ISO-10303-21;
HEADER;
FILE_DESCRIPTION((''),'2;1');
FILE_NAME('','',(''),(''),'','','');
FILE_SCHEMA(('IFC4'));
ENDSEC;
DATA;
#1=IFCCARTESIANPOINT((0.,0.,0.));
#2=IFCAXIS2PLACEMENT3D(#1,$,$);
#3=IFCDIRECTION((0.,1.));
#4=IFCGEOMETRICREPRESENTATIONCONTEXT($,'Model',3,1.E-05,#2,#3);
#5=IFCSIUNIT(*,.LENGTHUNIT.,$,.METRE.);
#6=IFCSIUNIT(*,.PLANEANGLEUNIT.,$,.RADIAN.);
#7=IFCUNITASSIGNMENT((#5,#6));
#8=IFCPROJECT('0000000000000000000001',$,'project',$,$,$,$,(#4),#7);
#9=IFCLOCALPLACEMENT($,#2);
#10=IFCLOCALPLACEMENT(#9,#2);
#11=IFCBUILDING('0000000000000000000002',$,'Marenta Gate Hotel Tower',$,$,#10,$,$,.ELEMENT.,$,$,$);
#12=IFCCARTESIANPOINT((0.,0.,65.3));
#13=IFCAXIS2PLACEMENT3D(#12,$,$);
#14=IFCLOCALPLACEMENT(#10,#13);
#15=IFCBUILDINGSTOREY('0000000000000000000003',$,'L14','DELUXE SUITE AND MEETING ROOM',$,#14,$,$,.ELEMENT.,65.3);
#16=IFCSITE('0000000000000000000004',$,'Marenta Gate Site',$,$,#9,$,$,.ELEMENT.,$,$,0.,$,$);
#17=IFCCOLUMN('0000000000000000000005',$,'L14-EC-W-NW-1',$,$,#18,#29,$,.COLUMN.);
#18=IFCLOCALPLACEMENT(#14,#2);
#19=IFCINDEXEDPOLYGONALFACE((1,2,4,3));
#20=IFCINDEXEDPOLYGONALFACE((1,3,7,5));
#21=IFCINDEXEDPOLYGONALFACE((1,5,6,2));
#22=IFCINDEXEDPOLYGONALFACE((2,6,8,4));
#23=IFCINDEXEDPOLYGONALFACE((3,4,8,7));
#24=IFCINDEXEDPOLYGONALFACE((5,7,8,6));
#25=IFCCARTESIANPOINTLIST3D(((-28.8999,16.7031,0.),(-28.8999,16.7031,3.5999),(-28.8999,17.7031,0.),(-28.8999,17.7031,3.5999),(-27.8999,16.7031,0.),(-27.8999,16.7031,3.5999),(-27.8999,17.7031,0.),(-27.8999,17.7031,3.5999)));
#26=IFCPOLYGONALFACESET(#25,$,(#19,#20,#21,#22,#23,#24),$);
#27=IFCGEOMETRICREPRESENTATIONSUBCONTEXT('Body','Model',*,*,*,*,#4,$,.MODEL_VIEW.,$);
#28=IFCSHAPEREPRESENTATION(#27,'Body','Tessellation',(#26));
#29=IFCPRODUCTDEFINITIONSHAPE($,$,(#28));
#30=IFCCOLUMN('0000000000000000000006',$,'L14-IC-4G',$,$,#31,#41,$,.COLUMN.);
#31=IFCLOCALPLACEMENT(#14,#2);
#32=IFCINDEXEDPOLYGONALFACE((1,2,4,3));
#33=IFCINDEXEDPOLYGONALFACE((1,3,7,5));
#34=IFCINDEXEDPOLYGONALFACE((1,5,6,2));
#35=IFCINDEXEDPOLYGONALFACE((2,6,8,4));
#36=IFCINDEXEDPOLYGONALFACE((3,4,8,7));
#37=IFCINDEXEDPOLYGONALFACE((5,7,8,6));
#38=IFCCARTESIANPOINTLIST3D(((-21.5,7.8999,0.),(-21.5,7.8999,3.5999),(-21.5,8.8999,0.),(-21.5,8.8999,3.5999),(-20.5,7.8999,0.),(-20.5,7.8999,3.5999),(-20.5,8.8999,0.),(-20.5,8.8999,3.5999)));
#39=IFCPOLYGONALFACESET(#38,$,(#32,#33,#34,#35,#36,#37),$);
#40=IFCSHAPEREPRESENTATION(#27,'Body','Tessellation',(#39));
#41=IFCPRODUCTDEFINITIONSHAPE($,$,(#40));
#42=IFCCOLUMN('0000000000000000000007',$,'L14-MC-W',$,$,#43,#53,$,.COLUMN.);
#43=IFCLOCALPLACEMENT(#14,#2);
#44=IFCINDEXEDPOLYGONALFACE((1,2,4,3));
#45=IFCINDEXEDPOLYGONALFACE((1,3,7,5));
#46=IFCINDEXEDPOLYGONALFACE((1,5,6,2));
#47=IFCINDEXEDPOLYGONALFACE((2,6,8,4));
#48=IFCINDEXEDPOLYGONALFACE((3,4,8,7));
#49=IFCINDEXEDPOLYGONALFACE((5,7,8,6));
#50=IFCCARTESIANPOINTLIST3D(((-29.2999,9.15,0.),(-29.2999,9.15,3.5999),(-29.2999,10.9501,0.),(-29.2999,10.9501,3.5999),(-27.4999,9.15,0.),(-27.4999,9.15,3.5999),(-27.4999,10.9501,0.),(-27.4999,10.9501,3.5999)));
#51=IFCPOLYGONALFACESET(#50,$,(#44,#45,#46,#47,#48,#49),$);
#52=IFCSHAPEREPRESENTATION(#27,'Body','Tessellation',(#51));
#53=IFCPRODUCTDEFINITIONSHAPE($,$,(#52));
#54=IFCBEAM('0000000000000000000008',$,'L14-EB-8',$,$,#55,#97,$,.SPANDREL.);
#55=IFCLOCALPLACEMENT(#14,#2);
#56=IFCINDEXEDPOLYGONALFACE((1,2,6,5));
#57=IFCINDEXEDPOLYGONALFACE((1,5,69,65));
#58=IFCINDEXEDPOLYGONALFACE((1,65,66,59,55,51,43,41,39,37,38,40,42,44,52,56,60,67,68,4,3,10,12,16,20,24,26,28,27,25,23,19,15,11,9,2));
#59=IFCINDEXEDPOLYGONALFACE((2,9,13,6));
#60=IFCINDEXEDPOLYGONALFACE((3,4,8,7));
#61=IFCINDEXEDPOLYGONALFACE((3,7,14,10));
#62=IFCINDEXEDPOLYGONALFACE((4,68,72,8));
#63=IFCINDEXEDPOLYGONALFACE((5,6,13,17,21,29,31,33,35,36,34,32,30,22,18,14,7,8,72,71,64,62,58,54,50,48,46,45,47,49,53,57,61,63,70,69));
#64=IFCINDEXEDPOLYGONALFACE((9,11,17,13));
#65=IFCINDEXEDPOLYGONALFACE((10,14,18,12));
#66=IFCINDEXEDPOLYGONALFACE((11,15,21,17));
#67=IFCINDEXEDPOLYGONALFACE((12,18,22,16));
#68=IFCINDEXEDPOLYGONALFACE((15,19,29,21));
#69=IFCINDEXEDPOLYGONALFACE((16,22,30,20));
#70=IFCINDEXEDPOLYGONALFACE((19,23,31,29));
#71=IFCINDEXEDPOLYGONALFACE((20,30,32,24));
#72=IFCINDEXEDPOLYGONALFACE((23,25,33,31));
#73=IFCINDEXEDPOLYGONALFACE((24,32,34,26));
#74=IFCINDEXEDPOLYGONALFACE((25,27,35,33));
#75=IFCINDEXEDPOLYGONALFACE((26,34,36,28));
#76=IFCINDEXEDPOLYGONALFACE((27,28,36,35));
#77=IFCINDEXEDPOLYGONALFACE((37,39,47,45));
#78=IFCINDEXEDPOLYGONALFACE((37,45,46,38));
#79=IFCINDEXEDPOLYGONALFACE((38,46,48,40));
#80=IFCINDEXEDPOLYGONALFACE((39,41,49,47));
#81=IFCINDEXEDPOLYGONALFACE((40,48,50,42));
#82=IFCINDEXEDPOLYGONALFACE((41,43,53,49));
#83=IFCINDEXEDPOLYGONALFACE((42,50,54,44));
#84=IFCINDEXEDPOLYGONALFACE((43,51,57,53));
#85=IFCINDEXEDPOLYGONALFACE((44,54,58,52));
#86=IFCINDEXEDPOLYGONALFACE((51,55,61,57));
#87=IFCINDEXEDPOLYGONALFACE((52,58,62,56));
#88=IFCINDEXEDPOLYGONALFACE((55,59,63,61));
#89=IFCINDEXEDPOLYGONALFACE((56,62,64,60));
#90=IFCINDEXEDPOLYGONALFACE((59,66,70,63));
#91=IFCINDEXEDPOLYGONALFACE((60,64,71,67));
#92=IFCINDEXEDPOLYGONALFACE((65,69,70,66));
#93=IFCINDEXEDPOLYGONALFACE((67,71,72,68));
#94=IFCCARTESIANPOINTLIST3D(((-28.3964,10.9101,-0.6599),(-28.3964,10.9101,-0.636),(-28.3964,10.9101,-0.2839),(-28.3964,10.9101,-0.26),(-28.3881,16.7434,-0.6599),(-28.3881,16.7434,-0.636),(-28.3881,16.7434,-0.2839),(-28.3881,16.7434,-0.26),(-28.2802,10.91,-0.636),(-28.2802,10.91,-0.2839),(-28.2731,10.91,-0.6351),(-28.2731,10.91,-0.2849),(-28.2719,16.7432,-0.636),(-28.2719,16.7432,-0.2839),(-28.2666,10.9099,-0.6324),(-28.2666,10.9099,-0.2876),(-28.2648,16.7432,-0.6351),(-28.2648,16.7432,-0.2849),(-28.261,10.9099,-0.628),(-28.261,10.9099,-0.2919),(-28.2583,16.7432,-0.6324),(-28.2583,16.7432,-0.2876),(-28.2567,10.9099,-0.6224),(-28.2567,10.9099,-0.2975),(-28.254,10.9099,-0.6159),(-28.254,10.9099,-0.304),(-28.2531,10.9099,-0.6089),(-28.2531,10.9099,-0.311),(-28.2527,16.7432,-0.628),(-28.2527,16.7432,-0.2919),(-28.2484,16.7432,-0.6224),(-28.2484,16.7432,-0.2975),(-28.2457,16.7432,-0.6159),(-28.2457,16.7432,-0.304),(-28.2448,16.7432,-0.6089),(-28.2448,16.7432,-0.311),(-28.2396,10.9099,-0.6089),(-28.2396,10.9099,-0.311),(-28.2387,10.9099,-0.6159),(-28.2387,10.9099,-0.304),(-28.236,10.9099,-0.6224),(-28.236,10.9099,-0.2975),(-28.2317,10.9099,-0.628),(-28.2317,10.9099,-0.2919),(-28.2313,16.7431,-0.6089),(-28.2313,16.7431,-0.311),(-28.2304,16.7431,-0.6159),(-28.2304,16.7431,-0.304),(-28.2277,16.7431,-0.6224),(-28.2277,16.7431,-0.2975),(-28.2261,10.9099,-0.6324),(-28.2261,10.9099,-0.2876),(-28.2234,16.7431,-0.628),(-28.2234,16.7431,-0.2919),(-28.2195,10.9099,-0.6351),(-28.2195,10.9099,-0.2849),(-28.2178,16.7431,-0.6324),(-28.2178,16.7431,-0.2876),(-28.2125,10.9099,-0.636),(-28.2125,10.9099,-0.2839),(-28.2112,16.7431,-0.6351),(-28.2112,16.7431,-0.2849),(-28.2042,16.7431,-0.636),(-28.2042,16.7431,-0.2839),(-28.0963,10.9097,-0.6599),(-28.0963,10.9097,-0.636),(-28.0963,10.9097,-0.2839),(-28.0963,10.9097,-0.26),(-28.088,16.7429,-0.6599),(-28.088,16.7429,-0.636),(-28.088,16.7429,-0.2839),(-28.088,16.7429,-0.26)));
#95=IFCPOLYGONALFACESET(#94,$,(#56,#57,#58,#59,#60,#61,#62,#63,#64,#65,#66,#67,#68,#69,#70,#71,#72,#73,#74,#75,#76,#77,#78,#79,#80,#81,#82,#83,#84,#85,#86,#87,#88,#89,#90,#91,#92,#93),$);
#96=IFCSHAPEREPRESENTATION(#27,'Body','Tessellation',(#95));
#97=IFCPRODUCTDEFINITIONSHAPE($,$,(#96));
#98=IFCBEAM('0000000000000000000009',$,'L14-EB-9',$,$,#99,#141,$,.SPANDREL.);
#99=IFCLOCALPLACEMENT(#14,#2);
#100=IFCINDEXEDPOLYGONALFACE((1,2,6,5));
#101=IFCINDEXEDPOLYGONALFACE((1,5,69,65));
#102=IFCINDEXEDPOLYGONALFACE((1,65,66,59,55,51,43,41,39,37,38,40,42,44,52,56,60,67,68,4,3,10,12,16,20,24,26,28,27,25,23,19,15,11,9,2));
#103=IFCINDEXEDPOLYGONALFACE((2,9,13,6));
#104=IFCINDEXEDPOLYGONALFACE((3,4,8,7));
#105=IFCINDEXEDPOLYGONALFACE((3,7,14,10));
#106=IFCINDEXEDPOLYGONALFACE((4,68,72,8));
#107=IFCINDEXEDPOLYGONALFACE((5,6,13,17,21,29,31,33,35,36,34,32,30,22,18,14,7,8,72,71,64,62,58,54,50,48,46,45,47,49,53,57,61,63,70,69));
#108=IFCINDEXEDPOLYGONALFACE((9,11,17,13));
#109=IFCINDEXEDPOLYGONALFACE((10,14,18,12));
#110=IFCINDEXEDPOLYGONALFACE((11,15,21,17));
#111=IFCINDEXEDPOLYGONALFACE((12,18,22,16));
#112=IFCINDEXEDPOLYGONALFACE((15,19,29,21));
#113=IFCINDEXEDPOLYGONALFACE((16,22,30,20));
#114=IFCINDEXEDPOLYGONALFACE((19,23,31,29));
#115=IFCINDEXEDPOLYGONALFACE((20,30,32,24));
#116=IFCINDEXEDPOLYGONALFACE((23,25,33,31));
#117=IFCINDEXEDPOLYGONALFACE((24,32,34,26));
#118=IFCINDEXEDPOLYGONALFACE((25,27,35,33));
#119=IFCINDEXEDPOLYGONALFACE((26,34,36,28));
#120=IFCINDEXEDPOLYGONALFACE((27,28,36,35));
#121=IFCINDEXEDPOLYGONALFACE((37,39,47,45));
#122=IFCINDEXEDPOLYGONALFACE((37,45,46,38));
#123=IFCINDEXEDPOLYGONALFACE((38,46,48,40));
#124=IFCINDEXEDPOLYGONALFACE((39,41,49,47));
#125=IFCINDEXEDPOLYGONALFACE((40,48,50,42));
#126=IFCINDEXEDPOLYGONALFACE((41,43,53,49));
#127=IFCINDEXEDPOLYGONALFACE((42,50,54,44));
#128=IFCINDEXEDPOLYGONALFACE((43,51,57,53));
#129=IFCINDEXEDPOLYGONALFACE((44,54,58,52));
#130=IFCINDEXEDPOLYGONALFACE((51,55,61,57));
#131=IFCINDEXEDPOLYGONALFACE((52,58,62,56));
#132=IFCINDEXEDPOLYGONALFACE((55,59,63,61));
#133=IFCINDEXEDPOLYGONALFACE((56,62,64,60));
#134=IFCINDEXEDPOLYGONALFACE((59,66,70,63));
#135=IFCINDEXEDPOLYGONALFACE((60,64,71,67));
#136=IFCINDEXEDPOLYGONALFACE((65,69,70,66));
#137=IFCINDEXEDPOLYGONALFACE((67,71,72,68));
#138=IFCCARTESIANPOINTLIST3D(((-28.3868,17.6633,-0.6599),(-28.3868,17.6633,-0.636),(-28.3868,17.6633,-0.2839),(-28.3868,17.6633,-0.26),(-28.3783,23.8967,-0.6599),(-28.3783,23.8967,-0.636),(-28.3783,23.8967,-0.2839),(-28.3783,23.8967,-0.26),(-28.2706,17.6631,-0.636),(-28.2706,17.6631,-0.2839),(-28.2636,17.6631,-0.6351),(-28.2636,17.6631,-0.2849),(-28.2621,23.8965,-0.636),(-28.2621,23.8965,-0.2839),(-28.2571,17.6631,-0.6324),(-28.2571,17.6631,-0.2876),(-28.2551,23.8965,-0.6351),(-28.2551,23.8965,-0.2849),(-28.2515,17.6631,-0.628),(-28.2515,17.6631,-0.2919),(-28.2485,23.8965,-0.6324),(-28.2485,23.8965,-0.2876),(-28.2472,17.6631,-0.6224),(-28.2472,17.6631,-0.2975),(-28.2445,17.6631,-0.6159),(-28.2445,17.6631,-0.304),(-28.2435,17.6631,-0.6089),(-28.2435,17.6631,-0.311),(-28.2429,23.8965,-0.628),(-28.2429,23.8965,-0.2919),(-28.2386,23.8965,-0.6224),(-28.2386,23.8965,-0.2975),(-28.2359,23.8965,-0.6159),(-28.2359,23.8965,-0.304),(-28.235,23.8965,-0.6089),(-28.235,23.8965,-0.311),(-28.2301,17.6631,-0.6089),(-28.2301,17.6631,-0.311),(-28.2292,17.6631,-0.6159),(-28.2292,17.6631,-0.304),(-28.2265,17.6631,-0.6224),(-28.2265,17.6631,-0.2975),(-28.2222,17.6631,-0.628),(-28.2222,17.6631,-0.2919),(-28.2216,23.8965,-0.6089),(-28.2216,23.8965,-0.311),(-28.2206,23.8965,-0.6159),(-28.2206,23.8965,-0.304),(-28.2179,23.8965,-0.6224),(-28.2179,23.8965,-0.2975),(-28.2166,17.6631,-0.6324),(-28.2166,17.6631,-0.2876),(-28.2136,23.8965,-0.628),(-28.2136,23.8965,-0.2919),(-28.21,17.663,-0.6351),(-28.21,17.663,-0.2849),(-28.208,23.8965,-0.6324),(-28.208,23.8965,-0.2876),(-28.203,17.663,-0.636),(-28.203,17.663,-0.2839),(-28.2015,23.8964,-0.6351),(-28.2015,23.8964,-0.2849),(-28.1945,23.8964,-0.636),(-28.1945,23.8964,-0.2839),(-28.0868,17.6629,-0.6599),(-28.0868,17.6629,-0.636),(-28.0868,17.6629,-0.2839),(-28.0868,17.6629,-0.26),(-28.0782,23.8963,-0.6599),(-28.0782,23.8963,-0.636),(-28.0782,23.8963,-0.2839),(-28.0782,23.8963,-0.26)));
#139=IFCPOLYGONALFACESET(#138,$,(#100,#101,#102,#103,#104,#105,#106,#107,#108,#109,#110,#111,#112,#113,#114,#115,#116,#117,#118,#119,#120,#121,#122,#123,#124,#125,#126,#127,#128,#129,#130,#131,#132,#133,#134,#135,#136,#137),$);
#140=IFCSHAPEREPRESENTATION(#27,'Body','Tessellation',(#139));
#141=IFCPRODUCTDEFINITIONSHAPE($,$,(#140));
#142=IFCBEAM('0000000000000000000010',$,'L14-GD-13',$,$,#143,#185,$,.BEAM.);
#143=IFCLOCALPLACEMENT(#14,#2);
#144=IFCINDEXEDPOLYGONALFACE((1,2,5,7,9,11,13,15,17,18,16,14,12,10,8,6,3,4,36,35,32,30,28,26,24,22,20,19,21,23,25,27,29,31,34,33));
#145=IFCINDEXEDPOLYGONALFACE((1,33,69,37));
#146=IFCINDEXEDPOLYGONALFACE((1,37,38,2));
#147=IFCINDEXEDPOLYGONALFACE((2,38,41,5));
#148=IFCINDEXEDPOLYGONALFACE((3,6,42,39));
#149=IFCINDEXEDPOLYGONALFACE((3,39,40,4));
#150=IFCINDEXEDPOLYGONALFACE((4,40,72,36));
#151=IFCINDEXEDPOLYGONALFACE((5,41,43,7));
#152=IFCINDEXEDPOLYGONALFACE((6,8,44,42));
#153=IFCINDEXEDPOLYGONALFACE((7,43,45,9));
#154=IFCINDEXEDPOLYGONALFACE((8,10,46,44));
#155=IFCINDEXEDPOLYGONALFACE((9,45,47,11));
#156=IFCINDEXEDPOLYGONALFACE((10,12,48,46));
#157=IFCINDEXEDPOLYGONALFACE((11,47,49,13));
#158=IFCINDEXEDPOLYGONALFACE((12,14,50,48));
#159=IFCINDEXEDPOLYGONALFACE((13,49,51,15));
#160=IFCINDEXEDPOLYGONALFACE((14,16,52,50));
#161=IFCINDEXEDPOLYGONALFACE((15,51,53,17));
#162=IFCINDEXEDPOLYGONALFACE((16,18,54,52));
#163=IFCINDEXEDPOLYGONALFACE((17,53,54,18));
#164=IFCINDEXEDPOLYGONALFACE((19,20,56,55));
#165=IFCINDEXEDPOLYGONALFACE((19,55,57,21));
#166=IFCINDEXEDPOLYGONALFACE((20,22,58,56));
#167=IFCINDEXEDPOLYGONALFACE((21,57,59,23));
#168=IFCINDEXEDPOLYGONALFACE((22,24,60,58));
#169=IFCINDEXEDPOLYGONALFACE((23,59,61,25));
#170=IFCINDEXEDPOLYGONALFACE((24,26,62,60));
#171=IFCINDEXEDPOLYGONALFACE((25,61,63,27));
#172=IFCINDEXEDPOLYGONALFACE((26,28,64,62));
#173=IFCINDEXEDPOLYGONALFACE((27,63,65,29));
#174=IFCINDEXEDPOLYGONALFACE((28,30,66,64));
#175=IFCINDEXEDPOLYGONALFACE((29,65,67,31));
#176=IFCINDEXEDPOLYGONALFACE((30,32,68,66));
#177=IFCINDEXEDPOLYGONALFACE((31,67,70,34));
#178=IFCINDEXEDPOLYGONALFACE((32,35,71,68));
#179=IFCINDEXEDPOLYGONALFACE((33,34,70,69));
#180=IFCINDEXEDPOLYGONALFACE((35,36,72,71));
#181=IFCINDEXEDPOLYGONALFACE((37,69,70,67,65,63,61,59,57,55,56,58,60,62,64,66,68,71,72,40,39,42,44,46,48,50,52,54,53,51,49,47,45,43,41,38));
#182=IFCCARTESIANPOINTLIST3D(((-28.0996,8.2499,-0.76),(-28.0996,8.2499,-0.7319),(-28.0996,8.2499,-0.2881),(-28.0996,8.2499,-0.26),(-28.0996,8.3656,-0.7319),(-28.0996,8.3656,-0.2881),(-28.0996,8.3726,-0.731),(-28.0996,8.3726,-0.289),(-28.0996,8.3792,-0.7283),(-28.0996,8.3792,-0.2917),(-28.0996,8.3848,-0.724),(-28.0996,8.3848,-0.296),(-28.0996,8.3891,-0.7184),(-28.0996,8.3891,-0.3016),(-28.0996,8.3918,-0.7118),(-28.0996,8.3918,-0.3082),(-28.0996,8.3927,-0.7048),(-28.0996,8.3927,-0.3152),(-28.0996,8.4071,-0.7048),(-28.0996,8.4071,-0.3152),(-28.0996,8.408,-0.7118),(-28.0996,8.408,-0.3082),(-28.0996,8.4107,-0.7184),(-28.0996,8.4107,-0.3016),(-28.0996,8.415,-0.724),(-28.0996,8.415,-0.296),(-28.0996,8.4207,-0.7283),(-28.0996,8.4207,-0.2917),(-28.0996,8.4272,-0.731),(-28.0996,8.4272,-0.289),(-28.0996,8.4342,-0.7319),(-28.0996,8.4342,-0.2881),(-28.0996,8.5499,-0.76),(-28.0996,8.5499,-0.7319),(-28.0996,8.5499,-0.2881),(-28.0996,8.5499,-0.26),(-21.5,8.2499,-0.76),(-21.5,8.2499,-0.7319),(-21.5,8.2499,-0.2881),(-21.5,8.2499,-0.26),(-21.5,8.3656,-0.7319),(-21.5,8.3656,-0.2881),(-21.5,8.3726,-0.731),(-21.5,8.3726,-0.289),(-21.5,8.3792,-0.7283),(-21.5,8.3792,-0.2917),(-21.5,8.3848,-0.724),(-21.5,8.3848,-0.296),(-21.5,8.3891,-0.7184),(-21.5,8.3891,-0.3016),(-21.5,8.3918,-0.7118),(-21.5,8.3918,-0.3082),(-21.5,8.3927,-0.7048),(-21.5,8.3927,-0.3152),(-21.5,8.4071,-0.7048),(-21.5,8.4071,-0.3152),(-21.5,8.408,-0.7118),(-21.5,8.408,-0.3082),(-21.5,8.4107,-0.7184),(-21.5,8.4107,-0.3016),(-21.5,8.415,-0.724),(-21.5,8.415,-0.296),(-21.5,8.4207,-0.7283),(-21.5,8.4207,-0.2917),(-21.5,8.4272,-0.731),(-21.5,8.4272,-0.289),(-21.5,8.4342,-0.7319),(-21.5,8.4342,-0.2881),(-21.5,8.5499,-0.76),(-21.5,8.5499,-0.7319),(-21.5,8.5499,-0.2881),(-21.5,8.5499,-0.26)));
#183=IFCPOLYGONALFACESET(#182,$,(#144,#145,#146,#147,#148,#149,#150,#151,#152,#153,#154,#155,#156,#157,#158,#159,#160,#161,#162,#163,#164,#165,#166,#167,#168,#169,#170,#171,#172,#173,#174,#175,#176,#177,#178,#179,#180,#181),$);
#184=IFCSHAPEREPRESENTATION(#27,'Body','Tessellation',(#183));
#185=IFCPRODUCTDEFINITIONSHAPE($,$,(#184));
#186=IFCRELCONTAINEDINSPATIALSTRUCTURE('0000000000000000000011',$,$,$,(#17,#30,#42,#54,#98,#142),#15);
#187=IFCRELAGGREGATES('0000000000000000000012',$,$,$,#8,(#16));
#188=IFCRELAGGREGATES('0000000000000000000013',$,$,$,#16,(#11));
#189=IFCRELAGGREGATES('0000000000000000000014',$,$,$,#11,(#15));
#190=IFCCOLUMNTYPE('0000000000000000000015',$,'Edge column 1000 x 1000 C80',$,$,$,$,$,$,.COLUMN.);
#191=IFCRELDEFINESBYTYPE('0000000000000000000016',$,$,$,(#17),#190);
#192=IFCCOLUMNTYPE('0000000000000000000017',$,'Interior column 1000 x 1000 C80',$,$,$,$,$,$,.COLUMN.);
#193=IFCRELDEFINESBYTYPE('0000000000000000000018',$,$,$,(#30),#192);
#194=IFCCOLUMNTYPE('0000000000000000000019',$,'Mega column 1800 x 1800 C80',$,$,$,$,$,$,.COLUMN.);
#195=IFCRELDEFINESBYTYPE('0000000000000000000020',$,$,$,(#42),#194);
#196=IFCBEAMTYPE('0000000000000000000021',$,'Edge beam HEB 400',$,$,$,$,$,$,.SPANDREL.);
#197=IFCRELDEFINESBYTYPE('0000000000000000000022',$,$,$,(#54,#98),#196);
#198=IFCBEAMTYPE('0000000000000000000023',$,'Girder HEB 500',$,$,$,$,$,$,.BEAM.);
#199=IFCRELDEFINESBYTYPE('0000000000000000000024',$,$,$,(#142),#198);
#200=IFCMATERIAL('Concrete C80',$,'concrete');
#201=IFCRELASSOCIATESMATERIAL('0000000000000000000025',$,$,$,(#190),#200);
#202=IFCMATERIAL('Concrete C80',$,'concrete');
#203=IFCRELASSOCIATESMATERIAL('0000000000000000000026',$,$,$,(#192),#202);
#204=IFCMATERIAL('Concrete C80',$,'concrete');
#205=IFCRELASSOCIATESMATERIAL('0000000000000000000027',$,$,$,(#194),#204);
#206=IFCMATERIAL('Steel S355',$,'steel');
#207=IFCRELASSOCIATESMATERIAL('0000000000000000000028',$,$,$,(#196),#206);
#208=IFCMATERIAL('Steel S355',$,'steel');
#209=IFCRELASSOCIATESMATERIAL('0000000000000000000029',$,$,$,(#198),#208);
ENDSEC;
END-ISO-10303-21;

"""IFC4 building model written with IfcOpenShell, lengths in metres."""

from ifc_helpers import new_model, si_unit, direction, frame, origin, origin_2d, place, context, subcontext, project, spatial, rectangle, i_section, extrude, material, material_profile, profile_set, type_object, element, save


model = new_model("IFC4")

# Units and contexts
model_context = context("Model", 3, precision=1e-05, world=origin(), true_north=direction((0.0, 1.0)))
body_context = subcontext(model_context, "Body", "Model", "MODEL_VIEW")
ifc_project = project(units=[si_unit("LENGTHUNIT", "METRE"), si_unit("PLANEANGLEUNIT", "RADIAN")], contexts=[model_context])

# Site, building, storey
site_placement = place(None, origin())
site = spatial("IfcSite", under=ifc_project, at=site_placement, Name="Marenta Gate Site", CompositionType="ELEMENT", RefElevation=0.0)
building_placement = place(site_placement, origin())
building = spatial("IfcBuilding", under=site, at=building_placement, Name="Marenta Gate Hotel Tower", CompositionType="ELEMENT")
storey_placement = place(building_placement, frame((0.0, 0.0, 65.3)))
storey = spatial("IfcBuildingStorey", under=building, at=storey_placement, Name="L14", Description="DELUXE SUITE AND MEETING ROOM", CompositionType="ELEMENT", Elevation=65.3)

# Columns
ifc_material_1 = material(Name="Concrete C80", Category="concrete")
ifc_material_profile_1 = material_profile(ifc_material_1, rectangle(XDim=1.0, YDim=1.0, at=origin_2d()), Name="1000 x 1000")
ifc_profile_set_1 = profile_set([ifc_material_profile_1], Name="Concrete C80")
column_type_1 = type_object("IfcColumnType", Name="Edge column 1000 x 1000 C80", PredefinedType="COLUMN", material=ifc_profile_set_1)
column_1_placement = place(storey_placement, frame((-28.3999, 17.2031, 0.0), z_axis=(0.0, 0.0, 1.0), x_axis=(1.0, 0.0, 0.0)))
element("IfcColumn", 1, at=column_1_placement, inside=storey, type_object=column_type_1, Name="L14-EC-W-NW-1", PredefinedType="COLUMN", context=body_context, shape_type="SweptSolid", body=[
    extrude(rectangle(XDim=1.0, YDim=1.0, at=origin_2d()), origin(), (0.0, 0.0, 1.0), 3.5999),
])
ifc_material_2 = material(Name="Concrete C80", Category="concrete")
ifc_material_profile_2 = material_profile(ifc_material_2, rectangle(XDim=1.0, YDim=1.0, at=origin_2d()), Name="1000 x 1000")
ifc_profile_set_2 = profile_set([ifc_material_profile_2], Name="Concrete C80")
column_type_2 = type_object("IfcColumnType", Name="Interior column 1000 x 1000 C80", PredefinedType="COLUMN", material=ifc_profile_set_2)
column_2_placement = place(storey_placement, frame((-21.0, 8.3999, 0.0), z_axis=(0.0, 0.0, 1.0), x_axis=(1.0, 0.0, 0.0)))
element("IfcColumn", 2, at=column_2_placement, inside=storey, type_object=column_type_2, Name="L14-IC-4G", PredefinedType="COLUMN", context=body_context, shape_type="SweptSolid", body=[
    extrude(rectangle(XDim=1.0, YDim=1.0, at=origin_2d()), origin(), (0.0, 0.0, 1.0), 3.5999),
])
ifc_material_3 = material(Name="Concrete C80", Category="concrete")
ifc_material_profile_3 = material_profile(ifc_material_3, rectangle(XDim=1.8, YDim=1.8, at=origin_2d()), Name="1800 x 1800")
ifc_profile_set_3 = profile_set([ifc_material_profile_3], Name="Concrete C80")
column_type_3 = type_object("IfcColumnType", Name="Mega column 1800 x 1800 C80", PredefinedType="COLUMN", material=ifc_profile_set_3)
column_3_placement = place(storey_placement, frame((-28.3999, 10.05, 0.0), z_axis=(0.0, 0.0, 1.0), x_axis=(1.0, 0.0, 0.0)))
element("IfcColumn", 3, at=column_3_placement, inside=storey, type_object=column_type_3, Name="L14-MC-W", PredefinedType="COLUMN", context=body_context, shape_type="SweptSolid", body=[
    extrude(rectangle(XDim=1.8, YDim=1.8, at=origin_2d()), origin(), (0.0, 0.0, 1.0), 3.5999),
])

# Beams
ifc_material_4 = material(Name="Steel S355", Category="steel")
ifc_material_profile_4 = material_profile(ifc_material_4, i_section(OverallWidth=0.3, OverallDepth=0.3999, WebThickness=0.0134, FlangeThickness=0.0239, FilletRadius=0.0271, at=origin_2d()), Name="HEB 400")
ifc_profile_set_4 = profile_set([ifc_material_profile_4], Name="Steel S355")
beam_type_1 = type_object("IfcBeamType", Name="Edge beam HEB 400", PredefinedType="SPANDREL", material=ifc_profile_set_4)
beam_1_placement = place(storey_placement, frame((-28.2463, 10.9099, -0.46), z_axis=(0.001423, 0.999999, 0.0), x_axis=(-0.999999, 0.001423, 0.0)))
element("IfcBeam", 4, at=beam_1_placement, inside=storey, type_object=beam_type_1, Name="L14-EB-8", PredefinedType="SPANDREL", context=body_context, shape_type="SweptSolid", body=[
    extrude(i_section(OverallWidth=0.3, OverallDepth=0.3999, WebThickness=0.0134, FlangeThickness=0.0239, FilletRadius=0.0271, at=origin_2d()), origin(), (0.0, 0.0, 1.0), 5.8333),
])
beam_2_placement = place(storey_placement, frame((-28.2368, 17.6631, -0.46), z_axis=(0.001371, 0.999999, 0.0), x_axis=(-0.999999, 0.001371, 0.0)))
element("IfcBeam", 5, at=beam_2_placement, inside=storey, type_object=beam_type_1, Name="L14-EB-9", PredefinedType="SPANDREL", context=body_context, shape_type="SweptSolid", body=[
    extrude(i_section(OverallWidth=0.3, OverallDepth=0.3999, WebThickness=0.0134, FlangeThickness=0.0239, FilletRadius=0.0271, at=origin_2d()), origin(), (0.0, 0.0, 1.0), 6.2334),
])
ifc_material_5 = material(Name="Steel S355", Category="steel")
ifc_material_profile_5 = material_profile(ifc_material_5, i_section(OverallWidth=0.3, OverallDepth=0.5, WebThickness=0.0144, FlangeThickness=0.0281, FilletRadius=0.0271, at=origin_2d()), Name="HEB 500")
ifc_profile_set_5 = profile_set([ifc_material_profile_5], Name="Steel S355")
beam_type_2 = type_object("IfcBeamType", Name="Girder HEB 500", PredefinedType="BEAM", material=ifc_profile_set_5)
beam_3_placement = place(storey_placement, frame((-28.0996, 8.3999, -0.51), z_axis=(1.0, 0.0, 0.0), x_axis=(0.0, 1.0, 0.0)))
element("IfcBeam", 6, at=beam_3_placement, inside=storey, type_object=beam_type_2, Name="L14-GD-13", PredefinedType="BEAM", context=body_context, shape_type="SweptSolid", body=[
    extrude(i_section(OverallWidth=0.3, OverallDepth=0.5, WebThickness=0.0144, FlangeThickness=0.0281, FilletRadius=0.0271, at=origin_2d()), origin(), (0.0, 0.0, 1.0), 6.5996),
])

save(model, "model.ifc")
